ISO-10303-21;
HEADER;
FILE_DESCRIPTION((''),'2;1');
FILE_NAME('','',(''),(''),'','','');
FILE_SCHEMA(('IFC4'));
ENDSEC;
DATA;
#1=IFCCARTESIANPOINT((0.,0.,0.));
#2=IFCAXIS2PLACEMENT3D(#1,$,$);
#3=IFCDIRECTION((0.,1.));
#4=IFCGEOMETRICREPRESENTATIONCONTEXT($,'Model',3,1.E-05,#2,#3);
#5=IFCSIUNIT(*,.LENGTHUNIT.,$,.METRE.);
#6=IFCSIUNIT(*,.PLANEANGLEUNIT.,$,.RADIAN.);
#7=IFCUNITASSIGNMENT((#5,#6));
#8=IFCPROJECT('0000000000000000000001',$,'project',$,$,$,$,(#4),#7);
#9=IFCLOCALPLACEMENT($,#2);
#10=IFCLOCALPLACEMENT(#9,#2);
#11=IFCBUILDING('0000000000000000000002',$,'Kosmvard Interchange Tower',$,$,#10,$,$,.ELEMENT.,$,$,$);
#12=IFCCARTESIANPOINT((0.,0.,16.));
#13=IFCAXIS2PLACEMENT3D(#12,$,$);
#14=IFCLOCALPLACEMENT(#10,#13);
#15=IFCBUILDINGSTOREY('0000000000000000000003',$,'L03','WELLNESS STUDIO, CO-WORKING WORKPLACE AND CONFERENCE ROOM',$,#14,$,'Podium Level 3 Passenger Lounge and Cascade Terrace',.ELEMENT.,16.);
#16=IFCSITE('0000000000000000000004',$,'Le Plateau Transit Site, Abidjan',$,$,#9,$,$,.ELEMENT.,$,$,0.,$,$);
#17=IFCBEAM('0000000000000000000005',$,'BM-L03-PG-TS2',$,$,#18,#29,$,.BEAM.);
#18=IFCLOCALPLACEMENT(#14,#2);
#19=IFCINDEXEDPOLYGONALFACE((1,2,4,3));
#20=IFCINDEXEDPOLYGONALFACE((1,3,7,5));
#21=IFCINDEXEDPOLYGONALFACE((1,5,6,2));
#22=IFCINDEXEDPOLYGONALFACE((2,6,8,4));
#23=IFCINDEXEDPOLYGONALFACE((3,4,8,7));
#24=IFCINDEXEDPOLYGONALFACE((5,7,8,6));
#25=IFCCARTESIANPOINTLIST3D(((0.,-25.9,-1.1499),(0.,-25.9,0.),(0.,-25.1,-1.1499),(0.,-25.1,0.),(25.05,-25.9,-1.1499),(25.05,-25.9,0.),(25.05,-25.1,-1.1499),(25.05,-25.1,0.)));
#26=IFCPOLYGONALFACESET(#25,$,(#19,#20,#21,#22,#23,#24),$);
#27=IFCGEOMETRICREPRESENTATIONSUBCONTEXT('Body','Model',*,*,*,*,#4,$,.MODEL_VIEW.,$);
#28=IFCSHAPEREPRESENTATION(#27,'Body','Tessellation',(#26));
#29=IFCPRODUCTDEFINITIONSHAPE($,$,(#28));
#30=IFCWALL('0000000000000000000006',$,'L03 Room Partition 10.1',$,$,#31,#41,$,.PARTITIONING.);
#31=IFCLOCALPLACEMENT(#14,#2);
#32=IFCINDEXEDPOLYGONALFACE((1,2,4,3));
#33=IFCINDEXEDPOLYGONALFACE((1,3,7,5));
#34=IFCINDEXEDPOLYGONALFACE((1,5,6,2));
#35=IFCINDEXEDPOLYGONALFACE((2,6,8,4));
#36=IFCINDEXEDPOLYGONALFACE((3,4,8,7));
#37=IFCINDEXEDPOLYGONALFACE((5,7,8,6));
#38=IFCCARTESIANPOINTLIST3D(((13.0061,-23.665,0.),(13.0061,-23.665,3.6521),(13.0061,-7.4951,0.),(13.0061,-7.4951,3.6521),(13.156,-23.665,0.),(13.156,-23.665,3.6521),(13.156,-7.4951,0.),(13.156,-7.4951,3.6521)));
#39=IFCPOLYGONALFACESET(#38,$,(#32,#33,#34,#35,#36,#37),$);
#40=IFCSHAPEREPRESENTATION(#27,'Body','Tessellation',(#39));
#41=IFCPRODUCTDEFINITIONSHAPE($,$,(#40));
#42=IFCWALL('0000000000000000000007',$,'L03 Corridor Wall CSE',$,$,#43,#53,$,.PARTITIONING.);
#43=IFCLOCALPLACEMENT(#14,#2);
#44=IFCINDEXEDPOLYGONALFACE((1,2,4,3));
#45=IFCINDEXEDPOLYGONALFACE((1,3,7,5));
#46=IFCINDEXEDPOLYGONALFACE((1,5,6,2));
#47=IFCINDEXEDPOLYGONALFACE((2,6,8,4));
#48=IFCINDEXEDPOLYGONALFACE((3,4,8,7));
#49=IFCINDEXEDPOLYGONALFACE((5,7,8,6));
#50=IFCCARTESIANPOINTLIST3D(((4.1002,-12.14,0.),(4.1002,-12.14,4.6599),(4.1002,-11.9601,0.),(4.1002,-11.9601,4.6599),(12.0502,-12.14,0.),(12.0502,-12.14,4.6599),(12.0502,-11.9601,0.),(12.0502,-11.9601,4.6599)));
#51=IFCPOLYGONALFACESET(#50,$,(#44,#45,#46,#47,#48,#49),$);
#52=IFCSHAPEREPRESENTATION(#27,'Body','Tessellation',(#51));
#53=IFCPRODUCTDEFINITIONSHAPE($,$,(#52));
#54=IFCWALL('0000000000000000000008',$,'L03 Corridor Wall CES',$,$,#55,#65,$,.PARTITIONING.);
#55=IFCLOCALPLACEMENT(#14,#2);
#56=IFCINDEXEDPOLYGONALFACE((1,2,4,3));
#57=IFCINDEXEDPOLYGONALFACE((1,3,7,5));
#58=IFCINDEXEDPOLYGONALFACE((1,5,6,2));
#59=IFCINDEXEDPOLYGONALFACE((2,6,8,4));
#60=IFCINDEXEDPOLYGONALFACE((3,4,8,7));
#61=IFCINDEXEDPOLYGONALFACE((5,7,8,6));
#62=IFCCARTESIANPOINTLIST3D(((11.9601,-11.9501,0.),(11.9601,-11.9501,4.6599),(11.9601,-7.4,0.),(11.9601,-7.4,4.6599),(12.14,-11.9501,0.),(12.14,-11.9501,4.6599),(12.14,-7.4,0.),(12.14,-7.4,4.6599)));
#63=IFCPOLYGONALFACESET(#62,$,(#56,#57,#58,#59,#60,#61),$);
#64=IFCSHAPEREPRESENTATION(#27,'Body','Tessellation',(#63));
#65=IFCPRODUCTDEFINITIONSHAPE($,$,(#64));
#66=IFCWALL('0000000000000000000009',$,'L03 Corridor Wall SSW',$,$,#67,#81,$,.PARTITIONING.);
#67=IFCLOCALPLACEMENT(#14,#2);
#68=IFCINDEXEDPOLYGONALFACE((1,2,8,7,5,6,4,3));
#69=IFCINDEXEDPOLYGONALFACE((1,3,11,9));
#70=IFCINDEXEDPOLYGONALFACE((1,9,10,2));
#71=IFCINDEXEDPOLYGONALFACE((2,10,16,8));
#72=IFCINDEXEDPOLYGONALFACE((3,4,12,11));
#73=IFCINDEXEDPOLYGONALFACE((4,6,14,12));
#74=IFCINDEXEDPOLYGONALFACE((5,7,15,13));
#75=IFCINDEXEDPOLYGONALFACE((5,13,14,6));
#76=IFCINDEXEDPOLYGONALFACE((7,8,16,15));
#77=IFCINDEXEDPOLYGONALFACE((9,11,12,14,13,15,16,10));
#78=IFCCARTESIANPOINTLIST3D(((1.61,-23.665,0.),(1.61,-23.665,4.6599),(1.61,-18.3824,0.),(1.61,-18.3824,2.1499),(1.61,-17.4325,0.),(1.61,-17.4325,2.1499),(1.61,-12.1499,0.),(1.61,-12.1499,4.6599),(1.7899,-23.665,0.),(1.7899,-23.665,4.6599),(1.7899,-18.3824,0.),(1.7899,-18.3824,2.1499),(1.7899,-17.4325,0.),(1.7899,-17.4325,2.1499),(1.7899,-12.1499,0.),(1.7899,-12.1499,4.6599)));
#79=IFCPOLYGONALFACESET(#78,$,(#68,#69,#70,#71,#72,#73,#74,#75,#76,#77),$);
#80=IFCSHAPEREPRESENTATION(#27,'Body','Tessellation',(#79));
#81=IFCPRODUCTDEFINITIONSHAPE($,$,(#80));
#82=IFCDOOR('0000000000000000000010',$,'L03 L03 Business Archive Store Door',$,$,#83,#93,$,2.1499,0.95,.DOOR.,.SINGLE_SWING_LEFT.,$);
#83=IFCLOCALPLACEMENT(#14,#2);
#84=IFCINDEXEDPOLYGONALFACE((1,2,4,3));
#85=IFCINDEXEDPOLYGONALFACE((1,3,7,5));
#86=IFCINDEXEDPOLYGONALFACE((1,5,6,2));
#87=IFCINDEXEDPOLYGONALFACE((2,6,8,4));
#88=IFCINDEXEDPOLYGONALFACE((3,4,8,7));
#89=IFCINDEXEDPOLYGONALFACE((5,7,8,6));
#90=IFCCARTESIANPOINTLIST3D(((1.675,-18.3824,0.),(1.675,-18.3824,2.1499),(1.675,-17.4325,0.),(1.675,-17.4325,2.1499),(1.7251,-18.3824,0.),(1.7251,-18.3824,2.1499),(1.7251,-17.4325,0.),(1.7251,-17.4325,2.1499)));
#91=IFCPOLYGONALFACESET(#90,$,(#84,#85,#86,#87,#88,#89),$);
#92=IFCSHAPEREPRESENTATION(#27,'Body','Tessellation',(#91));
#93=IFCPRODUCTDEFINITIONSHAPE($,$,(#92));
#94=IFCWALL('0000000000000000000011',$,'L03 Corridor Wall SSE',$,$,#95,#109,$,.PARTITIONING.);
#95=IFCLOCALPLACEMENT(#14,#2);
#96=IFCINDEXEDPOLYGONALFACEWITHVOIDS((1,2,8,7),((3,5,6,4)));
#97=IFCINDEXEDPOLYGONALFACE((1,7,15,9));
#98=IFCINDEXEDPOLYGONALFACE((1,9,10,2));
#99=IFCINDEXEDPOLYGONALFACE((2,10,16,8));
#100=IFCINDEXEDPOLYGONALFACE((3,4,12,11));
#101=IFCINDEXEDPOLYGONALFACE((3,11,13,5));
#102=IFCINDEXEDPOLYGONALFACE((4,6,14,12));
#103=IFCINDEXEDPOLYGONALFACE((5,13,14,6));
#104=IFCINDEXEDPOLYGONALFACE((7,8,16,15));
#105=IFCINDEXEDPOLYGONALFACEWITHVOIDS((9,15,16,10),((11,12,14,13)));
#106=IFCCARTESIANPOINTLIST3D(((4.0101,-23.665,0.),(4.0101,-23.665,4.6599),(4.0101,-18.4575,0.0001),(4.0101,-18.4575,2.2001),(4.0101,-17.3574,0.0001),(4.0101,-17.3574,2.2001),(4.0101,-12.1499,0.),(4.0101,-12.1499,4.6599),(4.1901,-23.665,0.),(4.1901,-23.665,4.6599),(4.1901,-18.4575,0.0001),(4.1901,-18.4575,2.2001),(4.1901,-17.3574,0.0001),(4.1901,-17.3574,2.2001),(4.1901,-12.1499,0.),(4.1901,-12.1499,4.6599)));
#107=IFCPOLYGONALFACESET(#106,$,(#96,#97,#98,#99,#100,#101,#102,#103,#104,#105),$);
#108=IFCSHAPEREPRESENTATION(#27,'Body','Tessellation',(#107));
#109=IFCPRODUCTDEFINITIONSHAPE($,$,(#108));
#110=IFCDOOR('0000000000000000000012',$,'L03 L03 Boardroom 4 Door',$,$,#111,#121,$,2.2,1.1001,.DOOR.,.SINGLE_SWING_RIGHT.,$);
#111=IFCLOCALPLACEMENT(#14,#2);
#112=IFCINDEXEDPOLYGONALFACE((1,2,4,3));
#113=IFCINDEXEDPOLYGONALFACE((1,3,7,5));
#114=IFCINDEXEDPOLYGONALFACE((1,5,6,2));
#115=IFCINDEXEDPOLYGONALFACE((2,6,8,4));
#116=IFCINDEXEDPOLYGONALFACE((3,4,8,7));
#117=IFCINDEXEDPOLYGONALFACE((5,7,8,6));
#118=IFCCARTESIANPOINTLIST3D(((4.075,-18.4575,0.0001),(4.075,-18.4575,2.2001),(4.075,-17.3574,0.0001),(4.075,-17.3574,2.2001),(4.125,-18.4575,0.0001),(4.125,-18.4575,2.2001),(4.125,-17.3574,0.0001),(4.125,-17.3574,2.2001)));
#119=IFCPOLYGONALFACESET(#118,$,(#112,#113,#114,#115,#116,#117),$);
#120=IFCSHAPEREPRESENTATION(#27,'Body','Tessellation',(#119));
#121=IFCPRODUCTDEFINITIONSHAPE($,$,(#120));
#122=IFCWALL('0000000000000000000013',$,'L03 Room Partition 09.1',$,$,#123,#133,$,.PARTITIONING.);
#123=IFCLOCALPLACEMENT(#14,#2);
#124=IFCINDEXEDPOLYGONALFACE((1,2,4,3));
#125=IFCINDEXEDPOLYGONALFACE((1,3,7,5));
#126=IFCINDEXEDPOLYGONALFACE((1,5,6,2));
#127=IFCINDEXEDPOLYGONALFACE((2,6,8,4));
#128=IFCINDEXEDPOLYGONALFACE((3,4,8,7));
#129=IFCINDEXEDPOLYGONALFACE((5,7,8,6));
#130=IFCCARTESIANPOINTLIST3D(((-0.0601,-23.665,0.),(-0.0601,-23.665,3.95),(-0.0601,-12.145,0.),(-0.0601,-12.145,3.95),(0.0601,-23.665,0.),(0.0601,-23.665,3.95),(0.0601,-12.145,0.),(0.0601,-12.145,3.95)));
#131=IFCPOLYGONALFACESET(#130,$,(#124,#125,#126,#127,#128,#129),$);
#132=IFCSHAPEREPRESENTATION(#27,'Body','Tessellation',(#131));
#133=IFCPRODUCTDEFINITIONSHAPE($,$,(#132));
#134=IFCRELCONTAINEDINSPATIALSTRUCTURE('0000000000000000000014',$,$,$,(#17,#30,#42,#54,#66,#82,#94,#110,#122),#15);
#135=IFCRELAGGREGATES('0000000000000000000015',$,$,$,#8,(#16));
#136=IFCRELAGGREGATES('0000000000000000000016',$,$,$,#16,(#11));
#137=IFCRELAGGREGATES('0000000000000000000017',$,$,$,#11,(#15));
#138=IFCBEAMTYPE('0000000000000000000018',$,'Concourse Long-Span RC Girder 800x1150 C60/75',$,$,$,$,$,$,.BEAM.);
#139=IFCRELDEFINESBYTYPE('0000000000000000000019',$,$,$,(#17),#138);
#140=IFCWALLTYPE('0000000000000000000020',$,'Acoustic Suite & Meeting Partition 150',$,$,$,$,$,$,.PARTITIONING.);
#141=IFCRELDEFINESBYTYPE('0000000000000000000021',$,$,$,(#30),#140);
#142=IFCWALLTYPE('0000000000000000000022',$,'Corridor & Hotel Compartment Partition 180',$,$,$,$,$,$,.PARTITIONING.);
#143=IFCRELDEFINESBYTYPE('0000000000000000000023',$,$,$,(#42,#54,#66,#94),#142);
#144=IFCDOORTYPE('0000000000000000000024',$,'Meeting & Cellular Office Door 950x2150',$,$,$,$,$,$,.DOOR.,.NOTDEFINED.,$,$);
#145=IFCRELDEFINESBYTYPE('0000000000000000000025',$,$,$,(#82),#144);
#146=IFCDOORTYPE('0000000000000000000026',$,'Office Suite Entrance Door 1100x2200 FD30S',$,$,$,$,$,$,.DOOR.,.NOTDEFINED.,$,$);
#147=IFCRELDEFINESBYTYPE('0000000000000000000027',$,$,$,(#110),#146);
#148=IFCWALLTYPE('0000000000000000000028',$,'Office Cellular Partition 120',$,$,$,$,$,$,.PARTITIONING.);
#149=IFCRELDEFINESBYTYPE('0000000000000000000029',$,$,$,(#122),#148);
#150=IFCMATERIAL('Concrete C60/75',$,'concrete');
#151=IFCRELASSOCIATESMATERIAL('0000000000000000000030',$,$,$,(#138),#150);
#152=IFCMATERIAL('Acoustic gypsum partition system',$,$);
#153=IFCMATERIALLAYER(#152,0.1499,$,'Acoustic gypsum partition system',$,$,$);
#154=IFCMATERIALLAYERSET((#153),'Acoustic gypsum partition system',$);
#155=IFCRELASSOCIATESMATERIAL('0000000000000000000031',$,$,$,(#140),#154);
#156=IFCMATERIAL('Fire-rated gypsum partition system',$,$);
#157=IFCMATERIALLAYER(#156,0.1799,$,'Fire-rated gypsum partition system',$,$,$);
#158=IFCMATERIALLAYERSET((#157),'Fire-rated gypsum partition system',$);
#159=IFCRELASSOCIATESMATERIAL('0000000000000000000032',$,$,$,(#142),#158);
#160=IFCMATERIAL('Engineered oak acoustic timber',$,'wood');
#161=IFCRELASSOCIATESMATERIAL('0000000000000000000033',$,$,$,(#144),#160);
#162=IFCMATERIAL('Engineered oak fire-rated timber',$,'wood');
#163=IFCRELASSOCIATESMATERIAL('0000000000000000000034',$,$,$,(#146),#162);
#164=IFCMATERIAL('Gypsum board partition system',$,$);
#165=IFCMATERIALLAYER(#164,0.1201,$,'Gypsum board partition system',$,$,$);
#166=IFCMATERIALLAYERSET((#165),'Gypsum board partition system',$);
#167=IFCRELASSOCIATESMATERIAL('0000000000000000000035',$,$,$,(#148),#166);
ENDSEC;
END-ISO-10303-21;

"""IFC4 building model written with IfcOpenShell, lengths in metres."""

from ifc_helpers import new_model, si_unit, direction, frame, frame_2d, origin, origin_2d, place, context, subcontext, project, spatial, rectangle, extrude, source, transform, mapped, material, layer, layer_set, material_profile, profile_set, type_object, element, fill, save


model = new_model("IFC4")

# Units and contexts
model_context = context("Model", 3, precision=1e-05, world=origin(), true_north=direction((0.0, 1.0)))
body_context = subcontext(model_context, "Body", "Model", "MODEL_VIEW")
ifc_project = project(units=[si_unit("LENGTHUNIT", "METRE"), si_unit("PLANEANGLEUNIT", "RADIAN")], contexts=[model_context])

# Site, building, storey
site_placement = place(None, origin())
site = spatial("IfcSite", under=ifc_project, at=site_placement, Name="Le Plateau Transit Site, Abidjan", CompositionType="ELEMENT", RefElevation=0.0)
building_placement = place(site_placement, origin())
building = spatial("IfcBuilding", under=site, at=building_placement, Name="Kosmvard Interchange Tower", CompositionType="ELEMENT")
storey_placement = place(building_placement, frame((0.0, 0.0, 16.0)))
storey = spatial("IfcBuildingStorey", under=building, at=storey_placement, Name="L03", Description="WELLNESS STUDIO, CO-WORKING WORKPLACE AND CONFERENCE ROOM", LongName="Podium Level 3 Passenger Lounge and Cascade Terrace", CompositionType="ELEMENT", Elevation=16.0)

# Shared definitions
ifc_material_1 = material(Name="Concrete C60/75", Category="concrete")

# Beam
ifc_material_profile_1 = material_profile(ifc_material_1, rectangle(XDim=0.8, YDim=1.1499, at=origin_2d()), Name="RCG 800x1150")
ifc_profile_set_1 = profile_set([ifc_material_profile_1], Name="Concrete C60/75")
beam_type_1 = type_object("IfcBeamType", Name="Concourse Long-Span RC Girder 800x1150 C60/75", PredefinedType="BEAM", material=ifc_profile_set_1)
shared_shape_1 = source(origin(), body_context, "Body", "SweptSolid", [
    extrude(rectangle(XDim=0.8, YDim=1.1499, at=origin_2d()), origin(), (0.0, 0.0, 1.0), 25.05),
])
beam_1_placement = place(storey_placement, frame((0.0, -25.5, -0.575), z_axis=(1.0, 0.0, 0.0), x_axis=(0.0, 1.0, 0.0)))
element("IfcBeam", 1, at=beam_1_placement, inside=storey, type_object=beam_type_1, Name="BM-L03-PG-TS2", PredefinedType="BEAM", context=body_context, shape_type="MappedRepresentation", body=[
    mapped(shared_shape_1, transform((0.0, 0.0, 0.0), scale=1.0)),
])

# Walls
ifc_material_2 = material(Name="Acoustic gypsum partition system")
ifc_layer_1 = layer(ifc_material_2, 0.1499, Name="Acoustic gypsum partition system")
ifc_layer_set_1 = layer_set([ifc_layer_1], Name="Acoustic gypsum partition system")
wall_type_1 = type_object("IfcWallType", Name="Acoustic Suite & Meeting Partition 150", PredefinedType="PARTITIONING", material=ifc_layer_set_1)
wall_1_placement = place(storey_placement, frame((13.0811, -23.665, 0.0), z_axis=(0.0, 0.0, 1.0), x_axis=(0.0, 1.0, 0.0)))
element("IfcWall", 2, at=wall_1_placement, inside=storey, type_object=wall_type_1, Name="L03 Room Partition 10.1", PredefinedType="PARTITIONING", context=body_context, shape_type="SweptSolid", body=[
    extrude(rectangle(XDim=16.1699, YDim=0.1499, at=frame_2d((8.085, 0.0))), origin(), (0.0, 0.0, 1.0), 3.6521),
])
ifc_material_3 = material(Name="Fire-rated gypsum partition system")
ifc_layer_2 = layer(ifc_material_3, 0.1799, Name="Fire-rated gypsum partition system")
ifc_layer_set_2 = layer_set([ifc_layer_2], Name="Fire-rated gypsum partition system")
wall_type_2 = type_object("IfcWallType", Name="Corridor & Hotel Compartment Partition 180", PredefinedType="PARTITIONING", material=ifc_layer_set_2)
wall_2_placement = place(storey_placement, frame((4.1001, -12.05, 0.0), z_axis=(0.0, 0.0, 1.0), x_axis=(1.0, 0.0, 0.0)))
element("IfcWall", 3, at=wall_2_placement, inside=storey, type_object=wall_type_2, Name="L03 Corridor Wall CSE", PredefinedType="PARTITIONING", context=body_context, shape_type="SweptSolid", body=[
    extrude(rectangle(XDim=7.95, YDim=0.1799, at=frame_2d((3.9751, 0.0))), origin(), (0.0, 0.0, 1.0), 4.6599),
])
wall_3_placement = place(storey_placement, frame((12.05, -11.95, 0.0), z_axis=(0.0, 0.0, 1.0), x_axis=(0.0, 1.0, 0.0)))
element("IfcWall", 4, at=wall_3_placement, inside=storey, type_object=wall_type_2, Name="L03 Corridor Wall CES", PredefinedType="PARTITIONING", context=body_context, shape_type="SweptSolid", body=[
    extrude(rectangle(XDim=4.55, YDim=0.1799, at=frame_2d((2.2749, 0.0))), origin(), (0.0, 0.0, 1.0), 4.6599),
])

# Walls, openings, doors
wall_4_placement = place(storey_placement, frame((1.7, -23.665, 0.0), z_axis=(0.0, 0.0, 1.0), x_axis=(0.0, 1.0, 0.0)))
wall_4 = element("IfcWall", 5, at=wall_4_placement, inside=storey, type_object=wall_type_2, Name="L03 Corridor Wall SSW", PredefinedType="PARTITIONING", context=body_context, shape_type="SweptSolid", body=[
    extrude(rectangle(XDim=11.5151, YDim=0.1799, at=frame_2d((5.7576, 0.0))), origin(), (0.0, 0.0, 1.0), 4.6599),
])
opening_1_placement = place(wall_4_placement, frame((5.2825, 0.0, 0.0)))
opening_1 = element("IfcOpeningElement", 6, at=opening_1_placement, cuts=wall_4, PredefinedType="OPENING", context=body_context, shape_type="SweptSolid", body=[
    extrude(rectangle(XDim=0.95, YDim=2.1499, at=frame_2d((0.4751, 1.075))), frame((0.0, 0.1001, 0.0), z_axis=(0.0, -1.0, 0.0), x_axis=(1.0, 0.0, 0.0)), (0.0, 0.0, 1.0), 0.2),
])
ifc_material_4 = material(Name="Engineered oak acoustic timber", Category="wood")
door_type_1 = type_object("IfcDoorType", Name="Meeting & Cellular Office Door 950x2150", OperationType="NOTDEFINED", PredefinedType="DOOR", material=ifc_material_4)
shared_shape_2 = source(origin(), body_context, "Body", "SweptSolid", [
    extrude(rectangle(XDim=0.95, YDim=2.1499, at=frame_2d((0.4751, 1.075))), frame((0.0, 0.0249, 0.0), z_axis=(0.0, -1.0, 0.0), x_axis=(1.0, 0.0, 0.0)), (0.0, 0.0, 1.0), 0.05),
])
door_1_placement = place(opening_1_placement, origin())
door_1 = element("IfcDoor", 7, at=door_1_placement, inside=storey, type_object=door_type_1, Name="L03 L03 Business Archive Store Door", OperationType="SINGLE_SWING_LEFT", OverallHeight=2.1499, OverallWidth=0.95, PredefinedType="DOOR", context=body_context, shape_type="MappedRepresentation", body=[
    mapped(shared_shape_2, transform((0.0, 0.0, 0.0), scale=1.0)),
])
fill(opening_1, door_1)
wall_5_placement = place(storey_placement, frame((4.1001, -23.665, 0.0), z_axis=(0.0, 0.0, 1.0), x_axis=(0.0, 1.0, 0.0)))
wall_5 = element("IfcWall", 8, at=wall_5_placement, inside=storey, type_object=wall_type_2, Name="L03 Corridor Wall SSE", PredefinedType="PARTITIONING", context=body_context, shape_type="SweptSolid", body=[
    extrude(rectangle(XDim=11.5151, YDim=0.1799, at=frame_2d((5.7576, 0.0))), origin(), (0.0, 0.0, 1.0), 4.6599),
])
opening_2_placement = place(wall_5_placement, frame((5.2075, 0.0, 0.0)))
opening_2 = element("IfcOpeningElement", 9, at=opening_2_placement, cuts=wall_5, PredefinedType="OPENING", context=body_context, shape_type="SweptSolid", body=[
    extrude(rectangle(XDim=1.1001, YDim=2.2, at=frame_2d((0.55, 1.1001))), frame((0.0, 0.1001, 0.0), z_axis=(0.0, -1.0, 0.0), x_axis=(1.0, 0.0, 0.0)), (0.0, 0.0, 1.0), 0.2),
])
ifc_material_5 = material(Name="Engineered oak fire-rated timber", Category="wood")
door_type_2 = type_object("IfcDoorType", Name="Office Suite Entrance Door 1100x2200 FD30S", OperationType="NOTDEFINED", PredefinedType="DOOR", material=ifc_material_5)
shared_shape_3 = source(origin(), body_context, "Body", "SweptSolid", [
    extrude(rectangle(XDim=1.1001, YDim=2.2, at=frame_2d((0.55, 1.1001))), frame((0.0, 0.0249, 0.0), z_axis=(0.0, -1.0, 0.0), x_axis=(1.0, 0.0, 0.0)), (0.0, 0.0, 1.0), 0.05),
])
door_2_placement = place(opening_2_placement, frame((1.1001, 0.0, 0.0), z_axis=(0.0, 0.0, 1.0), x_axis=(-1.0, 0.0, 0.0)))
door_2 = element("IfcDoor", 10, at=door_2_placement, inside=storey, type_object=door_type_2, Name="L03 L03 Boardroom 4 Door", OperationType="SINGLE_SWING_RIGHT", OverallHeight=2.2, OverallWidth=1.1001, PredefinedType="DOOR", context=body_context, shape_type="MappedRepresentation", body=[
    mapped(shared_shape_3, transform((0.0, 0.0, 0.0), scale=1.0)),
])
fill(opening_2, door_2)

# Wall
ifc_material_6 = material(Name="Gypsum board partition system")
ifc_layer_3 = layer(ifc_material_6, 0.1201, Name="Gypsum board partition system")
ifc_layer_set_3 = layer_set([ifc_layer_3], Name="Gypsum board partition system")
wall_type_3 = type_object("IfcWallType", Name="Office Cellular Partition 120", PredefinedType="PARTITIONING", material=ifc_layer_set_3)
wall_6_placement = place(storey_placement, frame((0.0, -23.665, 0.0), z_axis=(0.0, 0.0, 1.0), x_axis=(0.0, 1.0, 0.0)))
element("IfcWall", 11, at=wall_6_placement, inside=storey, type_object=wall_type_3, Name="L03 Room Partition 09.1", PredefinedType="PARTITIONING", context=body_context, shape_type="SweptSolid", body=[
    extrude(rectangle(XDim=11.52, YDim=0.1201, at=frame_2d((5.76, 0.0))), origin(), (0.0, 0.0, 1.0), 3.95),
])

save(model, "model.ifc")
